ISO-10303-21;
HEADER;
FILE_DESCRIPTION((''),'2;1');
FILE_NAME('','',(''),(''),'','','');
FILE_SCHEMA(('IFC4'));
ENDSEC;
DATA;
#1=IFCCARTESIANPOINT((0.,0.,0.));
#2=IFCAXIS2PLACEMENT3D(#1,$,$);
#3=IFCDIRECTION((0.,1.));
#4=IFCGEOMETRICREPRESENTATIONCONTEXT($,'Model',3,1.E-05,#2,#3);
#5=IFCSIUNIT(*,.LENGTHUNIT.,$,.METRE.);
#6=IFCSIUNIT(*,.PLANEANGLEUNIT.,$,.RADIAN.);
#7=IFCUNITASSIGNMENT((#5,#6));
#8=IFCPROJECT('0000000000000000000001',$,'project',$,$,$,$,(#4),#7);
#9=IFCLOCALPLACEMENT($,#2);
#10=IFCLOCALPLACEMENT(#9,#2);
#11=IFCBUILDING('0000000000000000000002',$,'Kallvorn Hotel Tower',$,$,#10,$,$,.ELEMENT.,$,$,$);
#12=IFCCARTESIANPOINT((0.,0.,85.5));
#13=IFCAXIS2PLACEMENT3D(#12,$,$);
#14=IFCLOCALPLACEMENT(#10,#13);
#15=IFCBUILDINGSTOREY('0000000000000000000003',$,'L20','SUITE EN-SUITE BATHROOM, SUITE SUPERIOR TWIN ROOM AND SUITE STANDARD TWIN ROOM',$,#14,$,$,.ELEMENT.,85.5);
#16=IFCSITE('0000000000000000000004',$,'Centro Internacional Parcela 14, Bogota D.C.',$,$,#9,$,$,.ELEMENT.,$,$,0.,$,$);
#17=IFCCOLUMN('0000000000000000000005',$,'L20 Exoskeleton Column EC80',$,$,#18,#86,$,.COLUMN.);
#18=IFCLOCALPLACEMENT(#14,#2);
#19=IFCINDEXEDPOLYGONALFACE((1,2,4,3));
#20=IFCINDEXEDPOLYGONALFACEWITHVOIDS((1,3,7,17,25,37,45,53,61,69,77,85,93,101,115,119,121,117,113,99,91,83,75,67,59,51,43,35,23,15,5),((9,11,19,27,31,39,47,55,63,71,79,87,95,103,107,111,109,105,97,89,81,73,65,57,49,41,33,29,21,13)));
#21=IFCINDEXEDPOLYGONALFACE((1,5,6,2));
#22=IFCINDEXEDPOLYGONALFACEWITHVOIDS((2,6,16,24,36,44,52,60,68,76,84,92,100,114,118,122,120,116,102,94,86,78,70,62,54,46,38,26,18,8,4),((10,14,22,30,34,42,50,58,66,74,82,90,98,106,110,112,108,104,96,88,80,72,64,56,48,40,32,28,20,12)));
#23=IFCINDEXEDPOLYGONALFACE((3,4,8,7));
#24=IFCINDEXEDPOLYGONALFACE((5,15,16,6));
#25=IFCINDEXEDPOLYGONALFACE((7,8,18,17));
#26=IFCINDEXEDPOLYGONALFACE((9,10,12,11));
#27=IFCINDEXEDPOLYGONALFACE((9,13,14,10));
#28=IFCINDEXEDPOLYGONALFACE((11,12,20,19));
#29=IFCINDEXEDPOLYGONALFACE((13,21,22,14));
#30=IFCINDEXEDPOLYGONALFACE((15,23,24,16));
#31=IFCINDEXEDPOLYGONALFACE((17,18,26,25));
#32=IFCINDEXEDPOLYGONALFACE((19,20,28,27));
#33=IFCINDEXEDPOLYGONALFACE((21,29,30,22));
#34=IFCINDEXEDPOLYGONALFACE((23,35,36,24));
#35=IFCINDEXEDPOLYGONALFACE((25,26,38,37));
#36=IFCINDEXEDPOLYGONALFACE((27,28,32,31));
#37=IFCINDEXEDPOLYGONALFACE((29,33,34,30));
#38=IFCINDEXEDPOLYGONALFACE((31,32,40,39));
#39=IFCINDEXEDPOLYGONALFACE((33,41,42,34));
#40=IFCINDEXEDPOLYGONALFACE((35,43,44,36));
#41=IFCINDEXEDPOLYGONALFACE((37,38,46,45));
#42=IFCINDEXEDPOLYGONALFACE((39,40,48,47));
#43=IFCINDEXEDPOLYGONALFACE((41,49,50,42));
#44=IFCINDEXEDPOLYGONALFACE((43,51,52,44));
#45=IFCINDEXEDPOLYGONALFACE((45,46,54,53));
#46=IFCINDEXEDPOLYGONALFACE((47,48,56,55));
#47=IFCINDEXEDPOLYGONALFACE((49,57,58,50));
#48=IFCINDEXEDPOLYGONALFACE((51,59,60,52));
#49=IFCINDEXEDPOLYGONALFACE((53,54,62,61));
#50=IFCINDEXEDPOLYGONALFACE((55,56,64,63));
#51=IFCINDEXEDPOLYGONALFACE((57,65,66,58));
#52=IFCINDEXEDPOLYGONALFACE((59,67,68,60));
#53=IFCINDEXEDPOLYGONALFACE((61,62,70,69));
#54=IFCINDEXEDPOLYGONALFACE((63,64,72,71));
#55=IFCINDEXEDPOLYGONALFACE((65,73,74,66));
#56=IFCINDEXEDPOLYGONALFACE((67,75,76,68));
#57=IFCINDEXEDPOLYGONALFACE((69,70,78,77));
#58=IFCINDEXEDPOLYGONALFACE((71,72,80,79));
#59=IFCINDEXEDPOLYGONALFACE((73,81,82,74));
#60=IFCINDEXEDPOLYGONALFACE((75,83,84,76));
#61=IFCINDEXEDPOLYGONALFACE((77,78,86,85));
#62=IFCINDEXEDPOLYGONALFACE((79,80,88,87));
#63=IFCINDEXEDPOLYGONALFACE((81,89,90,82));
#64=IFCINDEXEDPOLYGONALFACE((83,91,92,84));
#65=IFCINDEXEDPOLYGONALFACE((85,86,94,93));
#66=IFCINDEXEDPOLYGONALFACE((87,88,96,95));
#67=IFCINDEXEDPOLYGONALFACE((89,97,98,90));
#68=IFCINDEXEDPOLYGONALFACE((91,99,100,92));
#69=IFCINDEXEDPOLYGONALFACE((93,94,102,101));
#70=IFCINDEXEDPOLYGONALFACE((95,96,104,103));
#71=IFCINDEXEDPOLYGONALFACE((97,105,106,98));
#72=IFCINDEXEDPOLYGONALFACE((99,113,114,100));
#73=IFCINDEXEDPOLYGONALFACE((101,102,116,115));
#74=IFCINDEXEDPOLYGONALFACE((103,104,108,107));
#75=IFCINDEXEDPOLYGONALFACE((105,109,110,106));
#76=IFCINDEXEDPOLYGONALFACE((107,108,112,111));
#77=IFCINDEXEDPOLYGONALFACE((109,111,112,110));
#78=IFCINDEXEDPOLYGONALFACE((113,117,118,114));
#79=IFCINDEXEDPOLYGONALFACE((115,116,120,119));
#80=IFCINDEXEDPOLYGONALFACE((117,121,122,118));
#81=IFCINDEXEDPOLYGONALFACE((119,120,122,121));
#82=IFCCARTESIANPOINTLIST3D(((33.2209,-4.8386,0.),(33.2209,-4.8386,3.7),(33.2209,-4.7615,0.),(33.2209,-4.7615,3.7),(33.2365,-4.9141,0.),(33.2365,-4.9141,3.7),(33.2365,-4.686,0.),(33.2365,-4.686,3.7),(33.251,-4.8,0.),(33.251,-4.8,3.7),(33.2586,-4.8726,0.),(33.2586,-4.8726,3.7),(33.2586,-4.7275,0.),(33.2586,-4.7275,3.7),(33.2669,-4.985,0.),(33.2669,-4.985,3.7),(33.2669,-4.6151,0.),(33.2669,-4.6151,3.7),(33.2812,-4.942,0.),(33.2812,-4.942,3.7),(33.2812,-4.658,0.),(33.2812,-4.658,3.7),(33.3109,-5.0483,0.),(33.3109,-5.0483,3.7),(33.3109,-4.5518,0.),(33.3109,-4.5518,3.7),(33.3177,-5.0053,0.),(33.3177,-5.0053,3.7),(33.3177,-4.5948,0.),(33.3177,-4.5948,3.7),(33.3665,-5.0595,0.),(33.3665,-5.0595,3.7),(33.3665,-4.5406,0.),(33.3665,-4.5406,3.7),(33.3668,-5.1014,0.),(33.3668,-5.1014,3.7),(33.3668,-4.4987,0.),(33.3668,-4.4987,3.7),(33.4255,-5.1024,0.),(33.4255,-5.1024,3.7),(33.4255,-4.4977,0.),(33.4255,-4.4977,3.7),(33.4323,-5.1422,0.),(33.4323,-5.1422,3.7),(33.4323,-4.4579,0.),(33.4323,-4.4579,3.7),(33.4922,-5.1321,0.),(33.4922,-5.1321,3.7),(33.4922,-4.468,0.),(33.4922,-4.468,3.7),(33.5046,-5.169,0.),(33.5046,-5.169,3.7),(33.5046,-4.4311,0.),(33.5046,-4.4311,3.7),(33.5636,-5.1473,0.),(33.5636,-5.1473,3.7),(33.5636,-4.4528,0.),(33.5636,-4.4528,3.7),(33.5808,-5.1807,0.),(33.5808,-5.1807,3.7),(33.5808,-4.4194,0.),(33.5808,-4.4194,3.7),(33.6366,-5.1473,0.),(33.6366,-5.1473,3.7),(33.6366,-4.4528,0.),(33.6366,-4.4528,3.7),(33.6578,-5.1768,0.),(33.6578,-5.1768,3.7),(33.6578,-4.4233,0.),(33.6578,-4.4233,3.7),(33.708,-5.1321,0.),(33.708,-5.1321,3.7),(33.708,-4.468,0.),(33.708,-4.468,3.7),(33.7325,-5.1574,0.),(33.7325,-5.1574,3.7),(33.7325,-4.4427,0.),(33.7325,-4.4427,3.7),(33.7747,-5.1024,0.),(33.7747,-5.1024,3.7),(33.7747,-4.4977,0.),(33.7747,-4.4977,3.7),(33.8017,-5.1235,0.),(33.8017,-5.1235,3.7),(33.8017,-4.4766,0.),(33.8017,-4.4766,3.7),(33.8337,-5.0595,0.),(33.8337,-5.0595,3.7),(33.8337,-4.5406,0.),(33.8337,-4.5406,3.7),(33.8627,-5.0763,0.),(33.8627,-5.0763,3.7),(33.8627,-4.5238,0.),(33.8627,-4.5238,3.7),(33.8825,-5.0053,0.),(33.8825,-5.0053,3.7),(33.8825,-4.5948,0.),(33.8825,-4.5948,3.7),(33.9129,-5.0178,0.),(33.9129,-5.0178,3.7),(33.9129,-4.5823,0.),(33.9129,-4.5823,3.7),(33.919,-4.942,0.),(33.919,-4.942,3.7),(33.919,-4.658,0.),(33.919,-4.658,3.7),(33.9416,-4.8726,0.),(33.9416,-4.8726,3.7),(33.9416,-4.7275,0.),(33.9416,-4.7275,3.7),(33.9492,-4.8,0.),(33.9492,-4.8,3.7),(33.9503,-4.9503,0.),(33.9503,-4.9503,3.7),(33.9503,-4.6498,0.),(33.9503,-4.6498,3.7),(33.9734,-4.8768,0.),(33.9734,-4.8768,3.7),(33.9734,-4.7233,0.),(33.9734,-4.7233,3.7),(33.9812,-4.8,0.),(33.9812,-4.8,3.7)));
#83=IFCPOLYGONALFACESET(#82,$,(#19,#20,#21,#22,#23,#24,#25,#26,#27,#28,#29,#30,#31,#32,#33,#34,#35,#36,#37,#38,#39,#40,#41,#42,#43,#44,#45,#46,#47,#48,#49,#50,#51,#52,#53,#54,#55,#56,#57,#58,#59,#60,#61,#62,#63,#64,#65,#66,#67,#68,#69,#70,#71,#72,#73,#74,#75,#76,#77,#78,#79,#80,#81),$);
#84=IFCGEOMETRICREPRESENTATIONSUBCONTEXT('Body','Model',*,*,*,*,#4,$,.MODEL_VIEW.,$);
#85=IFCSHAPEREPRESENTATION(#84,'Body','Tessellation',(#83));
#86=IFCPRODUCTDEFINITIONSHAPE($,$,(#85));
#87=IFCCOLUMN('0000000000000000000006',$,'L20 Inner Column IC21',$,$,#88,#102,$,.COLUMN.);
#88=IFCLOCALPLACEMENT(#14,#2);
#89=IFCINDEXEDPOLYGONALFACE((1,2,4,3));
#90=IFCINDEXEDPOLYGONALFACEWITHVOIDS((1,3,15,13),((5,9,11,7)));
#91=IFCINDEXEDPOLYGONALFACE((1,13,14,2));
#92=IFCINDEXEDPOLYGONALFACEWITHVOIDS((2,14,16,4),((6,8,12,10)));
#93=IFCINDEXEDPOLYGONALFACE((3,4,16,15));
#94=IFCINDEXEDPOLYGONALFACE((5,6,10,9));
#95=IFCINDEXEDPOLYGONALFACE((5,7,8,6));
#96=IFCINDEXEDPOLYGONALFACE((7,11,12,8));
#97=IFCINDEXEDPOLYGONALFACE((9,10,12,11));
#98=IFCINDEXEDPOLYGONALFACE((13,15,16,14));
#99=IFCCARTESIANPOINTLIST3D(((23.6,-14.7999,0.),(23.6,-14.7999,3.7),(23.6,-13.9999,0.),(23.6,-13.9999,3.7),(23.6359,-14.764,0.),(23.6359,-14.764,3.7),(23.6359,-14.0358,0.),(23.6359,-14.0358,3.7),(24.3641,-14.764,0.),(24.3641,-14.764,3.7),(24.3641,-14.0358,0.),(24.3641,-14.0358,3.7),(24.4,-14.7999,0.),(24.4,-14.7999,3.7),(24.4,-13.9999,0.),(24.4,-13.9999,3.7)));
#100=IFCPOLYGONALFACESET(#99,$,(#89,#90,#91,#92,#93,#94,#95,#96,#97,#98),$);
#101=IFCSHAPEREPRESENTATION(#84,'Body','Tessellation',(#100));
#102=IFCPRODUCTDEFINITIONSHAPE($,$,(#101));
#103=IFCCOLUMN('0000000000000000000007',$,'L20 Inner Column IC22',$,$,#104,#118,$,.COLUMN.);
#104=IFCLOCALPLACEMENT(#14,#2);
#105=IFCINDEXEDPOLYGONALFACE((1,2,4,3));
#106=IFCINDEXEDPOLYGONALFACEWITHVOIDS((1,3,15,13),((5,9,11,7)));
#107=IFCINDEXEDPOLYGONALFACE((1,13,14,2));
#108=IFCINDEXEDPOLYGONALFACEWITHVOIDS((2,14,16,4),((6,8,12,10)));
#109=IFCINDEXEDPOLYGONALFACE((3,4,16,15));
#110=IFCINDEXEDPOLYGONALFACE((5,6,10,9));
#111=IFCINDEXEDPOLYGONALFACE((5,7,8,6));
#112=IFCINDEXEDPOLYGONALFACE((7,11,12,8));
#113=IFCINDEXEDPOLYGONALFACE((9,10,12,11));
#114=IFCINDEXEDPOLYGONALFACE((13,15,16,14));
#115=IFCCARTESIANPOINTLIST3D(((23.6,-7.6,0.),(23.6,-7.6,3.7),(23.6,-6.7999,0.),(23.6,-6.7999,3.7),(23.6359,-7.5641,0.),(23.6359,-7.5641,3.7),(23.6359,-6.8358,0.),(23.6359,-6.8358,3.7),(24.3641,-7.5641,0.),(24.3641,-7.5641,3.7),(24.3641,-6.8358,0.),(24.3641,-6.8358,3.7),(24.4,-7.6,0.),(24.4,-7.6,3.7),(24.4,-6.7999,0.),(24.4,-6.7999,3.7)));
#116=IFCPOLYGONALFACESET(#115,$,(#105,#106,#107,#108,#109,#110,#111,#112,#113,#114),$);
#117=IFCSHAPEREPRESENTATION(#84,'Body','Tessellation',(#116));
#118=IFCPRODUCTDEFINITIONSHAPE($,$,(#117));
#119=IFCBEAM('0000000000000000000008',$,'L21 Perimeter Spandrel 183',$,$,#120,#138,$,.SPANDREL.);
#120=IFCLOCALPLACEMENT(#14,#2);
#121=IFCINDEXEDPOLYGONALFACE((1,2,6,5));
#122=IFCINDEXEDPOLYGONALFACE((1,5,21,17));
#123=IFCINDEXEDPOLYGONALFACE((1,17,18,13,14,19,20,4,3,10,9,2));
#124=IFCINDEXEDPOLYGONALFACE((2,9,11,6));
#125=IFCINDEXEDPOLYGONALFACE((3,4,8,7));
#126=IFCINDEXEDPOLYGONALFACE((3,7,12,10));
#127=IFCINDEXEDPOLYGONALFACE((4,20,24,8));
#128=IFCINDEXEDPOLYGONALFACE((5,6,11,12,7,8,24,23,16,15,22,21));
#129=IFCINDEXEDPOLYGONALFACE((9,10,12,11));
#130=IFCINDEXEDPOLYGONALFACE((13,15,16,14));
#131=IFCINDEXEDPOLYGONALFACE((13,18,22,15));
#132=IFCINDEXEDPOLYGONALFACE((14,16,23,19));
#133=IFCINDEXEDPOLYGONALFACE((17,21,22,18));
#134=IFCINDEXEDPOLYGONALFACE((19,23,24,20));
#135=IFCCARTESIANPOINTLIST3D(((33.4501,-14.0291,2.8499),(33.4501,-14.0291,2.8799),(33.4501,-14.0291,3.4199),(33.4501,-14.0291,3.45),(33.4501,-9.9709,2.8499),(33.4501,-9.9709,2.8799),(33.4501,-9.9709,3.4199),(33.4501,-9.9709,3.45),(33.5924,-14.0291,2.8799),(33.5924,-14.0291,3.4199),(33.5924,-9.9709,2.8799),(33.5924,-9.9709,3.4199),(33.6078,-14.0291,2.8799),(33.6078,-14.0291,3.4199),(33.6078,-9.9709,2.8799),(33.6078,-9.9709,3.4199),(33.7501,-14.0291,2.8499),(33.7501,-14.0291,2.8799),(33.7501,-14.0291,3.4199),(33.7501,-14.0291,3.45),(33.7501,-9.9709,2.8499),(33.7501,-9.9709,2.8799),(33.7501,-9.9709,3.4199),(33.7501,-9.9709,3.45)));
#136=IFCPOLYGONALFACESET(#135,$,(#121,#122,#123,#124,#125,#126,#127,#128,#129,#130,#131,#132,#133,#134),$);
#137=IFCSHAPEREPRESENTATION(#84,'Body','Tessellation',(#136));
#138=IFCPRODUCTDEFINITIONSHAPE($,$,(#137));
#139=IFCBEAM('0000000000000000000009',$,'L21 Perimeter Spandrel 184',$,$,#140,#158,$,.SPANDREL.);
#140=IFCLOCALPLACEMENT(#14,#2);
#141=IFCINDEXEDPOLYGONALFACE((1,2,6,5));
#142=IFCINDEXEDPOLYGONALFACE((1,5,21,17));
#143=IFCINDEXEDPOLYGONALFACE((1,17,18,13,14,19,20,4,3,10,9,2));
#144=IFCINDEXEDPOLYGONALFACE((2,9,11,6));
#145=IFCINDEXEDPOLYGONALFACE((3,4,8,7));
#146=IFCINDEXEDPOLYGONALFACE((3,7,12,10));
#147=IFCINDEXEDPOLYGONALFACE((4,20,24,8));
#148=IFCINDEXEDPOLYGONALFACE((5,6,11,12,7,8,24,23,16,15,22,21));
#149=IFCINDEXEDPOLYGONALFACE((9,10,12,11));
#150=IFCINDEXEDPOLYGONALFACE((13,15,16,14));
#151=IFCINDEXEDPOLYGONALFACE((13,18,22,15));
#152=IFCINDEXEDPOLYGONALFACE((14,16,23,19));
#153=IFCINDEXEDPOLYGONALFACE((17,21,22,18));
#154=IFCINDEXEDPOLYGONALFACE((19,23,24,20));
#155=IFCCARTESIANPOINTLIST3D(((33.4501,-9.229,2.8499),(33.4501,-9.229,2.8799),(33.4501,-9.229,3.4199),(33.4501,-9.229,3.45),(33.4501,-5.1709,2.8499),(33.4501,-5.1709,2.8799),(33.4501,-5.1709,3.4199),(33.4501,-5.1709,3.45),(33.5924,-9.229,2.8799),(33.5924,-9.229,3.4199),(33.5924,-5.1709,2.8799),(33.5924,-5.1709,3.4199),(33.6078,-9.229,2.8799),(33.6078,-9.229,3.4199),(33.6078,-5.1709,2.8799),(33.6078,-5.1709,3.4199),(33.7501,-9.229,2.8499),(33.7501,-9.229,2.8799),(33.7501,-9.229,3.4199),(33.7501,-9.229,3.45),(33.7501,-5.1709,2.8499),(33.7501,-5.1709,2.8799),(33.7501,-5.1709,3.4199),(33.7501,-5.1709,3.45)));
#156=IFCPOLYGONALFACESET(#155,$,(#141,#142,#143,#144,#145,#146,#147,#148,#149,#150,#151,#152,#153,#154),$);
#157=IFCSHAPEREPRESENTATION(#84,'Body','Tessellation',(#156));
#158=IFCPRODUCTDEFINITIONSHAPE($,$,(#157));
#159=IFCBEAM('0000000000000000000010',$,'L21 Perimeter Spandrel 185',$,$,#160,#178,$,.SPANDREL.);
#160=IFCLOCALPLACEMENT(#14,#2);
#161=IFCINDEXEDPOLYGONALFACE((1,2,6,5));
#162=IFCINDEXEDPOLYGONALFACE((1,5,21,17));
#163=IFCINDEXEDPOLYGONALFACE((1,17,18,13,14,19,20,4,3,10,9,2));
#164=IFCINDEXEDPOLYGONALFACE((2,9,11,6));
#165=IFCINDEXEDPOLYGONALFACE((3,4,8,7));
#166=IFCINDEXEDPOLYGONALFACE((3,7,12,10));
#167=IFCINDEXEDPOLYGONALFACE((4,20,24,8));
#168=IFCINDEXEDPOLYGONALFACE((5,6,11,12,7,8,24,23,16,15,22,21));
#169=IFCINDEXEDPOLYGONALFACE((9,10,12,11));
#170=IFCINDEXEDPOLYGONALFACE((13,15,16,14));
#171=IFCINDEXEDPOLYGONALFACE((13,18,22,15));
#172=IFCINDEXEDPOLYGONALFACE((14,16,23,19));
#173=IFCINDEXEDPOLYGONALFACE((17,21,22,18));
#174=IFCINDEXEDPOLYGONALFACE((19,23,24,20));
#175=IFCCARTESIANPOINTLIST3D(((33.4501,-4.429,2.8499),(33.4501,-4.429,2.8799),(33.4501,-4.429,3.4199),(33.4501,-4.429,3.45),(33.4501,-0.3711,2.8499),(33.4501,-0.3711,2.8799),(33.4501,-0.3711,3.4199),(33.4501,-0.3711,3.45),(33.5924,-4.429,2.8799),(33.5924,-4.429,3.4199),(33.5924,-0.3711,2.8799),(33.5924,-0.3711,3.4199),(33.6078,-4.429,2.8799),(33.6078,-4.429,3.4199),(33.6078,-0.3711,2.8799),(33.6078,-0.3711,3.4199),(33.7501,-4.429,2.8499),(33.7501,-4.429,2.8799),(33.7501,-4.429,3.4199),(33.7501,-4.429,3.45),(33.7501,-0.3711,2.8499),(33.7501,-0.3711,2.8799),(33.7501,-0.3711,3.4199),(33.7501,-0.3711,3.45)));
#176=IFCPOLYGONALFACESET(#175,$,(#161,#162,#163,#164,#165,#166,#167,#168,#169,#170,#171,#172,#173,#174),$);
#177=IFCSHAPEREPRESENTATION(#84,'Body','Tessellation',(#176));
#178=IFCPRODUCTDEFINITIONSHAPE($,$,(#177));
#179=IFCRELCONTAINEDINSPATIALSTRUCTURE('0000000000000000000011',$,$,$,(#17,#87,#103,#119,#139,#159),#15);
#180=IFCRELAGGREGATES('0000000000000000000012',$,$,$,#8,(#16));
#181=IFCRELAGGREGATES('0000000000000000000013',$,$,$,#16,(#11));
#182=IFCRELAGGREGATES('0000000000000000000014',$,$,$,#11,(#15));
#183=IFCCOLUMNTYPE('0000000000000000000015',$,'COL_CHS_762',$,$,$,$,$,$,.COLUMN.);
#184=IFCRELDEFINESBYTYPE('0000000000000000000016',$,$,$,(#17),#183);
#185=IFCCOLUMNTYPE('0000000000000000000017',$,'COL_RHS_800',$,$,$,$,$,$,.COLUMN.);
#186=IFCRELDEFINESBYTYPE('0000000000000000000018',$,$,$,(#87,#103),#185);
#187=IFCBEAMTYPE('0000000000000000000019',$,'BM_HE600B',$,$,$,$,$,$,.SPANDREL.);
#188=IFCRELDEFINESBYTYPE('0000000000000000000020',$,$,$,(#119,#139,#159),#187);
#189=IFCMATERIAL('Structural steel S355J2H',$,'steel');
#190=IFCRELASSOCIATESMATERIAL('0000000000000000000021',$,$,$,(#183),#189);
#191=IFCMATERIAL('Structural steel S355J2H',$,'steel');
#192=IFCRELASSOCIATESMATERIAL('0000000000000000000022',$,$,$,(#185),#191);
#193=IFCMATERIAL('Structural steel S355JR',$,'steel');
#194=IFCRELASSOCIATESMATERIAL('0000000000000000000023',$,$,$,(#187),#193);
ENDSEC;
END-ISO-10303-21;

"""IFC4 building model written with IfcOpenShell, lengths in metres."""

from ifc_helpers import new_model, si_unit, direction, frame, origin, origin_2d, place, context, subcontext, project, spatial, hollow_rectangle, hollow_circle, i_section, extrude, material, material_profile, profile_set, type_object, element, save


model = new_model("IFC4")

# Units and contexts
model_context = context("Model", 3, precision=1e-05, world=origin(), true_north=direction((0.0, 1.0)))
body_context = subcontext(model_context, "Body", "Model", "MODEL_VIEW")
ifc_project = project(units=[si_unit("LENGTHUNIT", "METRE"), si_unit("PLANEANGLEUNIT", "RADIAN")], contexts=[model_context])

# Site, building, storey
site_placement = place(None, origin())
site = spatial("IfcSite", under=ifc_project, at=site_placement, Name="Centro Internacional Parcela 14, Bogota D.C.", CompositionType="ELEMENT", RefElevation=0.0)
building_placement = place(site_placement, origin())
building = spatial("IfcBuilding", under=site, at=building_placement, Name="Kallvorn Hotel Tower", CompositionType="ELEMENT")
storey_placement = place(building_placement, frame((0.0, 0.0, 85.5)))
storey = spatial("IfcBuildingStorey", under=building, at=storey_placement, Name="L20", Description="SUITE EN-SUITE BATHROOM, SUITE SUPERIOR TWIN ROOM AND SUITE STANDARD TWIN ROOM", CompositionType="ELEMENT", Elevation=85.5)

# Columns
ifc_material_1 = material(Name="Structural steel S355J2H", Category="steel")
ifc_material_profile_1 = material_profile(ifc_material_1, hollow_circle(Radius=0.3811, WallThickness=0.032, at=origin_2d()), Name="CHS 762x32")
ifc_profile_set_1 = profile_set([ifc_material_profile_1], Name="Structural steel S355J2H")
column_type_1 = type_object("IfcColumnType", Name="COL_CHS_762", PredefinedType="COLUMN", material=ifc_profile_set_1)
for number, where, z_axis, x_axis, name in (
    (1, (33.6001, -4.8, 0.0), (0.0, 0.0, 1.0), (1.0, 0.0, 0.0), "L20 Exoskeleton Column EC80"),
):
    element("IfcColumn", number, at=place(storey_placement, frame(where, z_axis=z_axis, x_axis=x_axis)), inside=storey, type_object=column_type_1, Name=name, PredefinedType="COLUMN", context=body_context, shape_type="SweptSolid", body=[
        extrude(hollow_circle(Radius=0.3811, WallThickness=0.032, at=origin_2d()), origin(), (0.0, 0.0, 1.0), 3.7),
    ])
ifc_material_2 = material(Name="Structural steel S355J2H", Category="steel")
ifc_material_profile_2 = material_profile(ifc_material_2, hollow_rectangle(XDim=0.8, YDim=0.8, WallThickness=0.0359, at=origin_2d()), Name="RHS 800x800x36")
ifc_profile_set_2 = profile_set([ifc_material_profile_2], Name="Structural steel S355J2H")
column_type_2 = type_object("IfcColumnType", Name="COL_RHS_800", PredefinedType="COLUMN", material=ifc_profile_set_2)
for number, where, z_axis, x_axis, name in (
    (2, (24.0, -14.3999, 0.0), (0.0, 0.0, 1.0), (1.0, 0.0, 0.0), "L20 Inner Column IC21"),
    (3, (24.0, -7.2, 0.0), (0.0, 0.0, 1.0), (1.0, 0.0, 0.0), "L20 Inner Column IC22"),
):
    element("IfcColumn", number, at=place(storey_placement, frame(where, z_axis=z_axis, x_axis=x_axis)), inside=storey, type_object=column_type_2, Name=name, PredefinedType="COLUMN", context=body_context, shape_type="SweptSolid", body=[
        extrude(hollow_rectangle(XDim=0.8, YDim=0.8, WallThickness=0.0359, at=origin_2d()), origin(), (0.0, 0.0, 1.0), 3.7),
    ])

# Beams
ifc_material_3 = material(Name="Structural steel S355JR", Category="steel")
ifc_material_profile_3 = material_profile(ifc_material_3, i_section(OverallWidth=0.3, OverallDepth=0.6001, WebThickness=0.0154, FlangeThickness=0.03, at=origin_2d()), Name="HE 600 B")
ifc_profile_set_3 = profile_set([ifc_material_profile_3], Name="Structural steel S355JR")
beam_type_1 = type_object("IfcBeamType", Name="BM_HE600B", PredefinedType="SPANDREL", material=ifc_profile_set_3)
for number, where, z_axis, x_axis, name in (
    (4, (33.6001, -14.0291, 3.1499), (0.0, 1.0, 0.0), (-1.0, 0.0, 0.0), "L21 Perimeter Spandrel 183"),
    (5, (33.6001, -9.229, 3.1499), (0.0, 1.0, 0.0), (-1.0, 0.0, 0.0), "L21 Perimeter Spandrel 184"),
):
    element("IfcBeam", number, at=place(storey_placement, frame(where, z_axis=z_axis, x_axis=x_axis)), inside=storey, type_object=beam_type_1, Name=name, PredefinedType="SPANDREL", context=body_context, shape_type="SweptSolid", body=[
        extrude(i_section(OverallWidth=0.3, OverallDepth=0.6001, WebThickness=0.0154, FlangeThickness=0.03, at=origin_2d()), origin(), (0.0, 0.0, 1.0), 4.0581),
    ])
beam_1_placement = place(storey_placement, frame((33.6001, -4.429, 3.1499), z_axis=(0.0, 1.0, 0.0), x_axis=(-1.0, 0.0, 0.0)))
element("IfcBeam", 6, at=beam_1_placement, inside=storey, type_object=beam_type_1, Name="L21 Perimeter Spandrel 185", PredefinedType="SPANDREL", context=body_context, shape_type="SweptSolid", body=[
    extrude(i_section(OverallWidth=0.3, OverallDepth=0.6001, WebThickness=0.0154, FlangeThickness=0.03, at=origin_2d()), origin(), (0.0, 0.0, 1.0), 4.0579),
])

save(model, "model.ifc")
